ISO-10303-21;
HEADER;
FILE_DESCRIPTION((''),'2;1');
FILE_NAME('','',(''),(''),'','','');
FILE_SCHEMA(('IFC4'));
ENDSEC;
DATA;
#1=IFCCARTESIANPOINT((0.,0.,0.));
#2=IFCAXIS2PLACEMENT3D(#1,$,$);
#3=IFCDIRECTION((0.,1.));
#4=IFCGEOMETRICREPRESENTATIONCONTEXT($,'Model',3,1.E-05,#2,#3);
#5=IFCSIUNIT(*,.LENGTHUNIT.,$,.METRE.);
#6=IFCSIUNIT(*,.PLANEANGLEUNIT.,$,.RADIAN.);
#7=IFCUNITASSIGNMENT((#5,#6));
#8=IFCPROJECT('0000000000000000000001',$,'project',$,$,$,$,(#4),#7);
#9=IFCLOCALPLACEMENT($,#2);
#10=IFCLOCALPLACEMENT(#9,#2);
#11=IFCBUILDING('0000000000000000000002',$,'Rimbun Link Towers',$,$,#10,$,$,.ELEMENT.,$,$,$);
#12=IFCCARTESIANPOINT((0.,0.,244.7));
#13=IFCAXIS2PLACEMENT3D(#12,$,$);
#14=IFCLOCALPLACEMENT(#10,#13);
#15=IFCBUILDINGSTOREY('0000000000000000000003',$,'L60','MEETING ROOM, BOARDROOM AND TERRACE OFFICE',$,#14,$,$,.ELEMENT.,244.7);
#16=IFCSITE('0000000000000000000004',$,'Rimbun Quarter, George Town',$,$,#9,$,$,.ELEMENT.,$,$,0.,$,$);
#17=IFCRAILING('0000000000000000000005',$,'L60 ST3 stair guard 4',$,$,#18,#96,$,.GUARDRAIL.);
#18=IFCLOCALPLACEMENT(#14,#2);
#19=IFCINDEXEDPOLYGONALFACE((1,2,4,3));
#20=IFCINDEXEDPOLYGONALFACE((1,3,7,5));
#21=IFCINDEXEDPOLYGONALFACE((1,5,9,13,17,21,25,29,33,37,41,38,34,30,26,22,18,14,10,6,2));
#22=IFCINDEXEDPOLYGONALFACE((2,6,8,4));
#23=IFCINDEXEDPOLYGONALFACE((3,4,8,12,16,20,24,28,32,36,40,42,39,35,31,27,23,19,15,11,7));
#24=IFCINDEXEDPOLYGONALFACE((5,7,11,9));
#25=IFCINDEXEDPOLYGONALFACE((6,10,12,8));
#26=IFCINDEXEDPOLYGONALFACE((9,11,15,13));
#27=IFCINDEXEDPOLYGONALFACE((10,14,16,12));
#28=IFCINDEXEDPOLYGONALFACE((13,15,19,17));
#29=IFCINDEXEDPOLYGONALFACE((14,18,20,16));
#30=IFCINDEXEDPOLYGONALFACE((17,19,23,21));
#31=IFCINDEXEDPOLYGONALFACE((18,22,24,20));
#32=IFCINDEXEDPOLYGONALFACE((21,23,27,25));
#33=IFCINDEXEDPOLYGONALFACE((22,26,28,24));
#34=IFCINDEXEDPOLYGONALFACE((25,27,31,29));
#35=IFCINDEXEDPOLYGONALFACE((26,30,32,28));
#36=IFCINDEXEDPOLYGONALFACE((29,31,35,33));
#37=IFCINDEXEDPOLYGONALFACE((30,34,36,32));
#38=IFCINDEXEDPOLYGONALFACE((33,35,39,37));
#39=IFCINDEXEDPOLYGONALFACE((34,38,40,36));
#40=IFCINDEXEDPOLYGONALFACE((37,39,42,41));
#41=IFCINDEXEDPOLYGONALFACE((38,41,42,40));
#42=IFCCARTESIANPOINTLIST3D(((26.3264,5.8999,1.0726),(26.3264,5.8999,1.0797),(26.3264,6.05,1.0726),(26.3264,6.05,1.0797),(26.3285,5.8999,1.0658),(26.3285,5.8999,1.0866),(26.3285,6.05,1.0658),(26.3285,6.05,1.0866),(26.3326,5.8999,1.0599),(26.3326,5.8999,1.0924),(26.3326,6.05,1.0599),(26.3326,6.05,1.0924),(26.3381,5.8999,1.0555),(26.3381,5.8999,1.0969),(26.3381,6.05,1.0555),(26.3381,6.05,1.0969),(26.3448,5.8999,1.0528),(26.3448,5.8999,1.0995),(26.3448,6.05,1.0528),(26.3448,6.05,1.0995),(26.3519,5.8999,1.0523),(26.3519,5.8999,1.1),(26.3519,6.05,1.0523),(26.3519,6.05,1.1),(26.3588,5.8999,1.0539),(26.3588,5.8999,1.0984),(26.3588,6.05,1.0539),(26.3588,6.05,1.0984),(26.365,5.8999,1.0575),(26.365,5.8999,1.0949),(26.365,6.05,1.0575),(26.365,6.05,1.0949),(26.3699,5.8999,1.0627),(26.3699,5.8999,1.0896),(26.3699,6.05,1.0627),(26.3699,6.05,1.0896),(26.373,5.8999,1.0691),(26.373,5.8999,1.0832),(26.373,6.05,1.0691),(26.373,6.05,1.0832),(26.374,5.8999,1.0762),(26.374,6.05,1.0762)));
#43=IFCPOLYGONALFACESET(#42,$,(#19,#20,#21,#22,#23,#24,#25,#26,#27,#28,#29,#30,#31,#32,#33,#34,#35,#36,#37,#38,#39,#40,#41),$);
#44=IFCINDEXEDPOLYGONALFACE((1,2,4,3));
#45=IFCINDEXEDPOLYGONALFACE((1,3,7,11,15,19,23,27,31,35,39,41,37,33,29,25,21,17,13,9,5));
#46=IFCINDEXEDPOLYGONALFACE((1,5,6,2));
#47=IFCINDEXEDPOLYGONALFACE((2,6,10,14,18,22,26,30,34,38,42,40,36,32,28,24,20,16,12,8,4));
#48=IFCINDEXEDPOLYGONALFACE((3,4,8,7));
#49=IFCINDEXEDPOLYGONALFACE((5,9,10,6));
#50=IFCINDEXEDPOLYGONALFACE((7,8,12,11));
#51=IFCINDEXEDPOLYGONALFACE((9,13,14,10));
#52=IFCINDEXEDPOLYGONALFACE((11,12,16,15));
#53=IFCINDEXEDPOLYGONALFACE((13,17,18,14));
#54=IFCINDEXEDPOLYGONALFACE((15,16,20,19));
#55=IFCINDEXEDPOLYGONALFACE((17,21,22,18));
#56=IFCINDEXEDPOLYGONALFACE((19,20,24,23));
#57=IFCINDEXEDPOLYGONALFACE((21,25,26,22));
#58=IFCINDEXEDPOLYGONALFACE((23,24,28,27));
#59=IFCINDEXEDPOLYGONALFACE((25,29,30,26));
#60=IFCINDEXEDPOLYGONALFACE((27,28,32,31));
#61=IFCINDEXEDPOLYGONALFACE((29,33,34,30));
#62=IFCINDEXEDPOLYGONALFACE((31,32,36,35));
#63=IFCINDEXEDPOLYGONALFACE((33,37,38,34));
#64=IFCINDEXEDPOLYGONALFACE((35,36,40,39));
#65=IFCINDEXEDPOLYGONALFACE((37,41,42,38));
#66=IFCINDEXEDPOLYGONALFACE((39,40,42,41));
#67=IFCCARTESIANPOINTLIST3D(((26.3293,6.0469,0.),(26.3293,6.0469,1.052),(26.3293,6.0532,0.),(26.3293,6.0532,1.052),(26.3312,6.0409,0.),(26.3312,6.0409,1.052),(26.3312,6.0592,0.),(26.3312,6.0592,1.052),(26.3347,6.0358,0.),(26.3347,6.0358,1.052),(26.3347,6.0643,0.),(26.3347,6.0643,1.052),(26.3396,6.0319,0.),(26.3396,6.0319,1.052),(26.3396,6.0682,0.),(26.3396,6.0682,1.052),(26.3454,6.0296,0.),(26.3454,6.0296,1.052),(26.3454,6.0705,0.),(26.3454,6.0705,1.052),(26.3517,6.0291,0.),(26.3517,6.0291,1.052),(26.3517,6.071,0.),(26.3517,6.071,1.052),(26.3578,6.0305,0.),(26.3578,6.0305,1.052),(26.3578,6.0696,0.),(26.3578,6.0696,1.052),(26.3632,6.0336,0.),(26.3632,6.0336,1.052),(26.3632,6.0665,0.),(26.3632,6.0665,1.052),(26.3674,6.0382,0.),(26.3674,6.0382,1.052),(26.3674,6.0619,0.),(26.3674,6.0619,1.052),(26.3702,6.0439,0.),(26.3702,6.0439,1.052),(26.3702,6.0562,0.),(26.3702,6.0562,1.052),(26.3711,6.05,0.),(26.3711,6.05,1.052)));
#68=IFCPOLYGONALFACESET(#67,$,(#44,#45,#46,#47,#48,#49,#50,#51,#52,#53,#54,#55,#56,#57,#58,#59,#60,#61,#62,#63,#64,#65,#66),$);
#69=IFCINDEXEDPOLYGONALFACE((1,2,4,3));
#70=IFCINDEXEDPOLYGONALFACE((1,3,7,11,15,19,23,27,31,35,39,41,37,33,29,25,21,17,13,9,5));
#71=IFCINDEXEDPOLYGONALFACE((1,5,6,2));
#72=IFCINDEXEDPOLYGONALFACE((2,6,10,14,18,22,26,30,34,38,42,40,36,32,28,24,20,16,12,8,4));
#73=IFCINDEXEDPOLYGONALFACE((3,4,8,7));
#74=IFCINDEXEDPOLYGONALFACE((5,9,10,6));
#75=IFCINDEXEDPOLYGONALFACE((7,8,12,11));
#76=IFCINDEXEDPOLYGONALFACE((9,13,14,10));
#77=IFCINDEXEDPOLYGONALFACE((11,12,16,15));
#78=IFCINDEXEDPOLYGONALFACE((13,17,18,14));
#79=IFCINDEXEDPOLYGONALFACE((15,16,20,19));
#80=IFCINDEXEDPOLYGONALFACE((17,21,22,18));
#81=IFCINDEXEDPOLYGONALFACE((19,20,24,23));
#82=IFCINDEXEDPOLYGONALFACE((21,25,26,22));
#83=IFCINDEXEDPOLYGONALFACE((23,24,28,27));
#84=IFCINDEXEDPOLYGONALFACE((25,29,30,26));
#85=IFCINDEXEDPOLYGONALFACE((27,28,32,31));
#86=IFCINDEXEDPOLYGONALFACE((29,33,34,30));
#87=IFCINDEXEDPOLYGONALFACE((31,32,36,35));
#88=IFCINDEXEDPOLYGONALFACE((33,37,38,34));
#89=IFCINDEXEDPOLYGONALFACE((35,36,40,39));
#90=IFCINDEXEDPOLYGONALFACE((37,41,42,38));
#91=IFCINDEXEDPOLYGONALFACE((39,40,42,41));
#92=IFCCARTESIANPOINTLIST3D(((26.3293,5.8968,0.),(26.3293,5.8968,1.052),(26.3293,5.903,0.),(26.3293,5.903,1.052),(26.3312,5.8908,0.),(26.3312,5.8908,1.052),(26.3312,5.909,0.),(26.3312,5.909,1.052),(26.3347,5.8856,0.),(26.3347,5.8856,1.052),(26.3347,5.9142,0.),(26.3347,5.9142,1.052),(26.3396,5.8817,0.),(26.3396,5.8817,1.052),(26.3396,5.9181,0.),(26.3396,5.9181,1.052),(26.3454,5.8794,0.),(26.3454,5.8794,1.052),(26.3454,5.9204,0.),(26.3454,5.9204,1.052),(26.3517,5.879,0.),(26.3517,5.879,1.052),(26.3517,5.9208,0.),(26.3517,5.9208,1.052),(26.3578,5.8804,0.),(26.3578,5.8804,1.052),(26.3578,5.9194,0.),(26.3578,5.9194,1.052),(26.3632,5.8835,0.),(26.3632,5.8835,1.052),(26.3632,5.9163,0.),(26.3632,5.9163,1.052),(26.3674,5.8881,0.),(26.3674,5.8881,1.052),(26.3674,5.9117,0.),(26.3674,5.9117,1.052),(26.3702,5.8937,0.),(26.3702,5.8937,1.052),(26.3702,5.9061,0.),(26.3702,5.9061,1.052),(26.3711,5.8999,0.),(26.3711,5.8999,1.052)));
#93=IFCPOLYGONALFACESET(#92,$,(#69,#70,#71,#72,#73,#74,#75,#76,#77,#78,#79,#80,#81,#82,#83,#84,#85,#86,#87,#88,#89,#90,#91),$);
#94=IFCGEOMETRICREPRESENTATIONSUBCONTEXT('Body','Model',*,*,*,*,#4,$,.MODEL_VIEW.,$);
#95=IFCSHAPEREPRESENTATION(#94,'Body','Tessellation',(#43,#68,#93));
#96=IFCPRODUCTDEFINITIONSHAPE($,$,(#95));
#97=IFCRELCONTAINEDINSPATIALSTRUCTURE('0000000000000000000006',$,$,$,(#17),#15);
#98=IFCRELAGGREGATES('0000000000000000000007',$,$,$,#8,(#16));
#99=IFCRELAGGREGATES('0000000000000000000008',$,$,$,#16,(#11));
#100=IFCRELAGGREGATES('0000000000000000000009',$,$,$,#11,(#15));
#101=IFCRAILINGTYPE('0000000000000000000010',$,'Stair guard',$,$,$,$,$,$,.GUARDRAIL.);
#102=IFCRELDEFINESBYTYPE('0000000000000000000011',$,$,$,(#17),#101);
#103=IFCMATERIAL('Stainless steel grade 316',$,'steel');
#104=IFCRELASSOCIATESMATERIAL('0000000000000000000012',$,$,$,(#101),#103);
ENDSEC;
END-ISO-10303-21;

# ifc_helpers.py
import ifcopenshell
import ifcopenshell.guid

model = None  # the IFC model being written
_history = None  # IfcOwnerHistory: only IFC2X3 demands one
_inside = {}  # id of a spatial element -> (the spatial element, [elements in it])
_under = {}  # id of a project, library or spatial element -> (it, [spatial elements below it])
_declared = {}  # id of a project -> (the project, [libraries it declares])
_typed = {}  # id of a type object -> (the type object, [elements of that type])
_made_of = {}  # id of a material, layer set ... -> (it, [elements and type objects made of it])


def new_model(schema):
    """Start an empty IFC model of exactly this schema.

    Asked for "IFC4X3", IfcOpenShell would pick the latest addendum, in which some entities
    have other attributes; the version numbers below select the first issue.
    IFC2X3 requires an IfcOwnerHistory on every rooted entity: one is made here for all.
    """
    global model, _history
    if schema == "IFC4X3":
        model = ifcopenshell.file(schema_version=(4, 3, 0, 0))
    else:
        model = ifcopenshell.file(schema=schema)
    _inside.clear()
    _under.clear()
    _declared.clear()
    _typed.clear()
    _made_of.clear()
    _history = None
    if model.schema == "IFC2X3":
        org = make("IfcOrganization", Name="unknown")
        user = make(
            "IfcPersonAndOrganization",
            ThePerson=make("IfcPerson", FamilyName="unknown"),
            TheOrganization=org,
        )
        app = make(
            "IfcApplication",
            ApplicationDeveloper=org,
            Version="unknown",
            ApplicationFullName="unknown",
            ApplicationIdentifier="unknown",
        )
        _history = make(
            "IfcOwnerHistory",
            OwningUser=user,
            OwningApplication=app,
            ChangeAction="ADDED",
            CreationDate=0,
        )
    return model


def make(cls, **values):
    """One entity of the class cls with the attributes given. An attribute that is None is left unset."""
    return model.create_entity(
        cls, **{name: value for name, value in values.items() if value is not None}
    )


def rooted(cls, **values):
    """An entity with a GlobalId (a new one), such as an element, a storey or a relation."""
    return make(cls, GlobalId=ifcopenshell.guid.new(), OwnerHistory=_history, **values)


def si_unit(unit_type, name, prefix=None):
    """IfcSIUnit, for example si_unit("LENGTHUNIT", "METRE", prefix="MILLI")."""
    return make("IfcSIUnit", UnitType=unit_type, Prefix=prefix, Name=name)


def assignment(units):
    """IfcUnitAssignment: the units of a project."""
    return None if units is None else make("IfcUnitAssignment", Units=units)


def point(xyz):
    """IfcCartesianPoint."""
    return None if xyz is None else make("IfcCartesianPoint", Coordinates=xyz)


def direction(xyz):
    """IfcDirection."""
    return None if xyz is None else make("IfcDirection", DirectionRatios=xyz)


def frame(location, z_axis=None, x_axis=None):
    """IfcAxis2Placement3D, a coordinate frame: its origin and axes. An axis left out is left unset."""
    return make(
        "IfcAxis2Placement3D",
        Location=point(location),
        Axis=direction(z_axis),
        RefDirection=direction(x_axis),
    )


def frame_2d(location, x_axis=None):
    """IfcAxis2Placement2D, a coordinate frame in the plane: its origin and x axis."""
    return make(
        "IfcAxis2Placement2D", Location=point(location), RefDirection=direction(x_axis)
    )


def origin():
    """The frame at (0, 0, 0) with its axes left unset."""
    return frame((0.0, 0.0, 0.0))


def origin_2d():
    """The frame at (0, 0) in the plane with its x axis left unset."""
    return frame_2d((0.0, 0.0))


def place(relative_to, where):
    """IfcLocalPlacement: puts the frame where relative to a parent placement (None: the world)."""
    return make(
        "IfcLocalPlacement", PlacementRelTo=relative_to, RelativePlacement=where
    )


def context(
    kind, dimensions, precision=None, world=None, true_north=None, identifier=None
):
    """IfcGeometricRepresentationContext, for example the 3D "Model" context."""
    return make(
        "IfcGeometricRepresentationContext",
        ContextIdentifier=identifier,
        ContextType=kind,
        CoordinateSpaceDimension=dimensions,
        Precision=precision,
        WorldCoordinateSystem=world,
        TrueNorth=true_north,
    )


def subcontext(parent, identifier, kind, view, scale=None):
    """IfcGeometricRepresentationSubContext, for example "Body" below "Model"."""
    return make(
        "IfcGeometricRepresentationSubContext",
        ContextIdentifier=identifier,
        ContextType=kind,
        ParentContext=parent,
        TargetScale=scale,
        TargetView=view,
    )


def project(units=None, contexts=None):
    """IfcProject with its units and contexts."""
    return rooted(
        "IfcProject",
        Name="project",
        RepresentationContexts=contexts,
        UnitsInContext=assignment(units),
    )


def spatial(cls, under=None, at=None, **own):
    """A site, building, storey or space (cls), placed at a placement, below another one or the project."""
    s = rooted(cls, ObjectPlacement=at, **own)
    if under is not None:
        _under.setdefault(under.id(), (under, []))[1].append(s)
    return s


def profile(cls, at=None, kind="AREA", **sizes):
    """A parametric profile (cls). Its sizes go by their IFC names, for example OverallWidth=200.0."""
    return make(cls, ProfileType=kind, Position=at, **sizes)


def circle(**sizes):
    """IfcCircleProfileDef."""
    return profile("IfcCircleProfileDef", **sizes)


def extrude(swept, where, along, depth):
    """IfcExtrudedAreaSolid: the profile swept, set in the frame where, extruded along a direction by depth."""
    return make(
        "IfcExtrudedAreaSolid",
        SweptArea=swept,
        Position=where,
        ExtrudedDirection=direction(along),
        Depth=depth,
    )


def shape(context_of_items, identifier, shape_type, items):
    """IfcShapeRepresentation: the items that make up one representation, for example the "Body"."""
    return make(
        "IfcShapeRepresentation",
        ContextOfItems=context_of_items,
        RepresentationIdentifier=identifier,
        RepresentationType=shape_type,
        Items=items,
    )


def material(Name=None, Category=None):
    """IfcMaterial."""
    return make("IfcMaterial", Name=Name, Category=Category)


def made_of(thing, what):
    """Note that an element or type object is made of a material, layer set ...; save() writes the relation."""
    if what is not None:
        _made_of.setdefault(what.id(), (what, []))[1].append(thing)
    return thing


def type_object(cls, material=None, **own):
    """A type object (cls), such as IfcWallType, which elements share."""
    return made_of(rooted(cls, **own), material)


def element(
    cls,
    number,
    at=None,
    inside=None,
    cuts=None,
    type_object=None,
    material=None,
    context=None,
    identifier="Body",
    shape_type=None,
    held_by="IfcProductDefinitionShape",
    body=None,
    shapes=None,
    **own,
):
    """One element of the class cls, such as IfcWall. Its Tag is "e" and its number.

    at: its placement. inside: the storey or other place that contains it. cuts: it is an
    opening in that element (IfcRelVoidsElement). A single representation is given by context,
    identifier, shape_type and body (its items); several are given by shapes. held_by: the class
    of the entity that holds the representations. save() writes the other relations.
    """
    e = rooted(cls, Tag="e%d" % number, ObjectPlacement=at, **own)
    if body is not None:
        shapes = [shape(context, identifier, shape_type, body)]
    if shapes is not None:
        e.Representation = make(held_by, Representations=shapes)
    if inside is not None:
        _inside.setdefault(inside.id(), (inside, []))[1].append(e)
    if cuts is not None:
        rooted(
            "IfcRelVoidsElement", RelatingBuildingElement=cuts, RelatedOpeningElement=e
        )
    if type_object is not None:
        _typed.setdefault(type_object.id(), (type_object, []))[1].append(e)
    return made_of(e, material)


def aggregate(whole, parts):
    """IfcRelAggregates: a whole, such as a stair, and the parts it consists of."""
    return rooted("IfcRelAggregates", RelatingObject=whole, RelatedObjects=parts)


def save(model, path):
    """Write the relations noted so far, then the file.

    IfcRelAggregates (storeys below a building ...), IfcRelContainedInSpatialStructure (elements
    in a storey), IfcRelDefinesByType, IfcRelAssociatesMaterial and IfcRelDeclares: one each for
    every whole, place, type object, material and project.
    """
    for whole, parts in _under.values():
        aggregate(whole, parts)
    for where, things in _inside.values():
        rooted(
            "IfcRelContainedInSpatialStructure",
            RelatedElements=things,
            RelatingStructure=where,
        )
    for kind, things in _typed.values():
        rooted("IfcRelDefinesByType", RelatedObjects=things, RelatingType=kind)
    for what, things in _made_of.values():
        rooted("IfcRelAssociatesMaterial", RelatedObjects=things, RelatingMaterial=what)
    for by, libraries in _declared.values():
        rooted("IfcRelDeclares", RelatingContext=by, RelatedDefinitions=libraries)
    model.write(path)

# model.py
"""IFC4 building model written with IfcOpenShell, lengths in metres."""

from ifc_helpers import new_model, si_unit, direction, frame, origin, origin_2d, place, context, subcontext, project, spatial, circle, extrude, material, type_object, element, save


model = new_model("IFC4")

# Units and contexts
model_context = context("Model", 3, precision=1e-05, world=origin(), true_north=direction((0.0, 1.0)))
body_context = subcontext(model_context, "Body", "Model", "MODEL_VIEW")
ifc_project = project(units=[si_unit("LENGTHUNIT", "METRE"), si_unit("PLANEANGLEUNIT", "RADIAN")], contexts=[model_context])

# Site, building, storey
site_placement = place(None, origin())
site = spatial("IfcSite", under=ifc_project, at=site_placement, Name="Rimbun Quarter, George Town", CompositionType="ELEMENT", RefElevation=0.0)
building_placement = place(site_placement, origin())
building = spatial("IfcBuilding", under=site, at=building_placement, Name="Rimbun Link Towers", CompositionType="ELEMENT")
storey_placement = place(building_placement, frame((0.0, 0.0, 244.7)))
storey = spatial("IfcBuildingStorey", under=building, at=storey_placement, Name="L60", Description="MEETING ROOM, BOARDROOM AND TERRACE OFFICE", CompositionType="ELEMENT", Elevation=244.7)

# Railing
ifc_material_1 = material(Name="Stainless steel grade 316", Category="steel")
railing_type_1 = type_object("IfcRailingType", Name="Stair guard", PredefinedType="GUARDRAIL", material=ifc_material_1)
railing_1_placement = place(storey_placement, frame((26.3501, 6.05, 0.0)))
element("IfcRailing", 1, at=railing_1_placement, inside=storey, type_object=railing_type_1, Name="L60 ST3 stair guard 4", PredefinedType="GUARDRAIL", context=body_context, shape_type="SweptSolid", body=[
    extrude(circle(Radius=0.0239, at=origin_2d()), frame((0.0, 0.0, 1.0762), z_axis=(0.0, -1.0, 0.0), x_axis=(1.0, 0.0, 0.0)), (0.0, 0.0, 1.0), 0.1501),
    extrude(circle(Radius=0.021, at=origin_2d()), origin(), (0.0, 0.0, 1.0), 1.052),
    extrude(circle(Radius=0.021, at=origin_2d()), frame((0.0, -0.1501, 0.0)), (0.0, 0.0, 1.0), 1.052),
])

save(model, "model.ifc")
